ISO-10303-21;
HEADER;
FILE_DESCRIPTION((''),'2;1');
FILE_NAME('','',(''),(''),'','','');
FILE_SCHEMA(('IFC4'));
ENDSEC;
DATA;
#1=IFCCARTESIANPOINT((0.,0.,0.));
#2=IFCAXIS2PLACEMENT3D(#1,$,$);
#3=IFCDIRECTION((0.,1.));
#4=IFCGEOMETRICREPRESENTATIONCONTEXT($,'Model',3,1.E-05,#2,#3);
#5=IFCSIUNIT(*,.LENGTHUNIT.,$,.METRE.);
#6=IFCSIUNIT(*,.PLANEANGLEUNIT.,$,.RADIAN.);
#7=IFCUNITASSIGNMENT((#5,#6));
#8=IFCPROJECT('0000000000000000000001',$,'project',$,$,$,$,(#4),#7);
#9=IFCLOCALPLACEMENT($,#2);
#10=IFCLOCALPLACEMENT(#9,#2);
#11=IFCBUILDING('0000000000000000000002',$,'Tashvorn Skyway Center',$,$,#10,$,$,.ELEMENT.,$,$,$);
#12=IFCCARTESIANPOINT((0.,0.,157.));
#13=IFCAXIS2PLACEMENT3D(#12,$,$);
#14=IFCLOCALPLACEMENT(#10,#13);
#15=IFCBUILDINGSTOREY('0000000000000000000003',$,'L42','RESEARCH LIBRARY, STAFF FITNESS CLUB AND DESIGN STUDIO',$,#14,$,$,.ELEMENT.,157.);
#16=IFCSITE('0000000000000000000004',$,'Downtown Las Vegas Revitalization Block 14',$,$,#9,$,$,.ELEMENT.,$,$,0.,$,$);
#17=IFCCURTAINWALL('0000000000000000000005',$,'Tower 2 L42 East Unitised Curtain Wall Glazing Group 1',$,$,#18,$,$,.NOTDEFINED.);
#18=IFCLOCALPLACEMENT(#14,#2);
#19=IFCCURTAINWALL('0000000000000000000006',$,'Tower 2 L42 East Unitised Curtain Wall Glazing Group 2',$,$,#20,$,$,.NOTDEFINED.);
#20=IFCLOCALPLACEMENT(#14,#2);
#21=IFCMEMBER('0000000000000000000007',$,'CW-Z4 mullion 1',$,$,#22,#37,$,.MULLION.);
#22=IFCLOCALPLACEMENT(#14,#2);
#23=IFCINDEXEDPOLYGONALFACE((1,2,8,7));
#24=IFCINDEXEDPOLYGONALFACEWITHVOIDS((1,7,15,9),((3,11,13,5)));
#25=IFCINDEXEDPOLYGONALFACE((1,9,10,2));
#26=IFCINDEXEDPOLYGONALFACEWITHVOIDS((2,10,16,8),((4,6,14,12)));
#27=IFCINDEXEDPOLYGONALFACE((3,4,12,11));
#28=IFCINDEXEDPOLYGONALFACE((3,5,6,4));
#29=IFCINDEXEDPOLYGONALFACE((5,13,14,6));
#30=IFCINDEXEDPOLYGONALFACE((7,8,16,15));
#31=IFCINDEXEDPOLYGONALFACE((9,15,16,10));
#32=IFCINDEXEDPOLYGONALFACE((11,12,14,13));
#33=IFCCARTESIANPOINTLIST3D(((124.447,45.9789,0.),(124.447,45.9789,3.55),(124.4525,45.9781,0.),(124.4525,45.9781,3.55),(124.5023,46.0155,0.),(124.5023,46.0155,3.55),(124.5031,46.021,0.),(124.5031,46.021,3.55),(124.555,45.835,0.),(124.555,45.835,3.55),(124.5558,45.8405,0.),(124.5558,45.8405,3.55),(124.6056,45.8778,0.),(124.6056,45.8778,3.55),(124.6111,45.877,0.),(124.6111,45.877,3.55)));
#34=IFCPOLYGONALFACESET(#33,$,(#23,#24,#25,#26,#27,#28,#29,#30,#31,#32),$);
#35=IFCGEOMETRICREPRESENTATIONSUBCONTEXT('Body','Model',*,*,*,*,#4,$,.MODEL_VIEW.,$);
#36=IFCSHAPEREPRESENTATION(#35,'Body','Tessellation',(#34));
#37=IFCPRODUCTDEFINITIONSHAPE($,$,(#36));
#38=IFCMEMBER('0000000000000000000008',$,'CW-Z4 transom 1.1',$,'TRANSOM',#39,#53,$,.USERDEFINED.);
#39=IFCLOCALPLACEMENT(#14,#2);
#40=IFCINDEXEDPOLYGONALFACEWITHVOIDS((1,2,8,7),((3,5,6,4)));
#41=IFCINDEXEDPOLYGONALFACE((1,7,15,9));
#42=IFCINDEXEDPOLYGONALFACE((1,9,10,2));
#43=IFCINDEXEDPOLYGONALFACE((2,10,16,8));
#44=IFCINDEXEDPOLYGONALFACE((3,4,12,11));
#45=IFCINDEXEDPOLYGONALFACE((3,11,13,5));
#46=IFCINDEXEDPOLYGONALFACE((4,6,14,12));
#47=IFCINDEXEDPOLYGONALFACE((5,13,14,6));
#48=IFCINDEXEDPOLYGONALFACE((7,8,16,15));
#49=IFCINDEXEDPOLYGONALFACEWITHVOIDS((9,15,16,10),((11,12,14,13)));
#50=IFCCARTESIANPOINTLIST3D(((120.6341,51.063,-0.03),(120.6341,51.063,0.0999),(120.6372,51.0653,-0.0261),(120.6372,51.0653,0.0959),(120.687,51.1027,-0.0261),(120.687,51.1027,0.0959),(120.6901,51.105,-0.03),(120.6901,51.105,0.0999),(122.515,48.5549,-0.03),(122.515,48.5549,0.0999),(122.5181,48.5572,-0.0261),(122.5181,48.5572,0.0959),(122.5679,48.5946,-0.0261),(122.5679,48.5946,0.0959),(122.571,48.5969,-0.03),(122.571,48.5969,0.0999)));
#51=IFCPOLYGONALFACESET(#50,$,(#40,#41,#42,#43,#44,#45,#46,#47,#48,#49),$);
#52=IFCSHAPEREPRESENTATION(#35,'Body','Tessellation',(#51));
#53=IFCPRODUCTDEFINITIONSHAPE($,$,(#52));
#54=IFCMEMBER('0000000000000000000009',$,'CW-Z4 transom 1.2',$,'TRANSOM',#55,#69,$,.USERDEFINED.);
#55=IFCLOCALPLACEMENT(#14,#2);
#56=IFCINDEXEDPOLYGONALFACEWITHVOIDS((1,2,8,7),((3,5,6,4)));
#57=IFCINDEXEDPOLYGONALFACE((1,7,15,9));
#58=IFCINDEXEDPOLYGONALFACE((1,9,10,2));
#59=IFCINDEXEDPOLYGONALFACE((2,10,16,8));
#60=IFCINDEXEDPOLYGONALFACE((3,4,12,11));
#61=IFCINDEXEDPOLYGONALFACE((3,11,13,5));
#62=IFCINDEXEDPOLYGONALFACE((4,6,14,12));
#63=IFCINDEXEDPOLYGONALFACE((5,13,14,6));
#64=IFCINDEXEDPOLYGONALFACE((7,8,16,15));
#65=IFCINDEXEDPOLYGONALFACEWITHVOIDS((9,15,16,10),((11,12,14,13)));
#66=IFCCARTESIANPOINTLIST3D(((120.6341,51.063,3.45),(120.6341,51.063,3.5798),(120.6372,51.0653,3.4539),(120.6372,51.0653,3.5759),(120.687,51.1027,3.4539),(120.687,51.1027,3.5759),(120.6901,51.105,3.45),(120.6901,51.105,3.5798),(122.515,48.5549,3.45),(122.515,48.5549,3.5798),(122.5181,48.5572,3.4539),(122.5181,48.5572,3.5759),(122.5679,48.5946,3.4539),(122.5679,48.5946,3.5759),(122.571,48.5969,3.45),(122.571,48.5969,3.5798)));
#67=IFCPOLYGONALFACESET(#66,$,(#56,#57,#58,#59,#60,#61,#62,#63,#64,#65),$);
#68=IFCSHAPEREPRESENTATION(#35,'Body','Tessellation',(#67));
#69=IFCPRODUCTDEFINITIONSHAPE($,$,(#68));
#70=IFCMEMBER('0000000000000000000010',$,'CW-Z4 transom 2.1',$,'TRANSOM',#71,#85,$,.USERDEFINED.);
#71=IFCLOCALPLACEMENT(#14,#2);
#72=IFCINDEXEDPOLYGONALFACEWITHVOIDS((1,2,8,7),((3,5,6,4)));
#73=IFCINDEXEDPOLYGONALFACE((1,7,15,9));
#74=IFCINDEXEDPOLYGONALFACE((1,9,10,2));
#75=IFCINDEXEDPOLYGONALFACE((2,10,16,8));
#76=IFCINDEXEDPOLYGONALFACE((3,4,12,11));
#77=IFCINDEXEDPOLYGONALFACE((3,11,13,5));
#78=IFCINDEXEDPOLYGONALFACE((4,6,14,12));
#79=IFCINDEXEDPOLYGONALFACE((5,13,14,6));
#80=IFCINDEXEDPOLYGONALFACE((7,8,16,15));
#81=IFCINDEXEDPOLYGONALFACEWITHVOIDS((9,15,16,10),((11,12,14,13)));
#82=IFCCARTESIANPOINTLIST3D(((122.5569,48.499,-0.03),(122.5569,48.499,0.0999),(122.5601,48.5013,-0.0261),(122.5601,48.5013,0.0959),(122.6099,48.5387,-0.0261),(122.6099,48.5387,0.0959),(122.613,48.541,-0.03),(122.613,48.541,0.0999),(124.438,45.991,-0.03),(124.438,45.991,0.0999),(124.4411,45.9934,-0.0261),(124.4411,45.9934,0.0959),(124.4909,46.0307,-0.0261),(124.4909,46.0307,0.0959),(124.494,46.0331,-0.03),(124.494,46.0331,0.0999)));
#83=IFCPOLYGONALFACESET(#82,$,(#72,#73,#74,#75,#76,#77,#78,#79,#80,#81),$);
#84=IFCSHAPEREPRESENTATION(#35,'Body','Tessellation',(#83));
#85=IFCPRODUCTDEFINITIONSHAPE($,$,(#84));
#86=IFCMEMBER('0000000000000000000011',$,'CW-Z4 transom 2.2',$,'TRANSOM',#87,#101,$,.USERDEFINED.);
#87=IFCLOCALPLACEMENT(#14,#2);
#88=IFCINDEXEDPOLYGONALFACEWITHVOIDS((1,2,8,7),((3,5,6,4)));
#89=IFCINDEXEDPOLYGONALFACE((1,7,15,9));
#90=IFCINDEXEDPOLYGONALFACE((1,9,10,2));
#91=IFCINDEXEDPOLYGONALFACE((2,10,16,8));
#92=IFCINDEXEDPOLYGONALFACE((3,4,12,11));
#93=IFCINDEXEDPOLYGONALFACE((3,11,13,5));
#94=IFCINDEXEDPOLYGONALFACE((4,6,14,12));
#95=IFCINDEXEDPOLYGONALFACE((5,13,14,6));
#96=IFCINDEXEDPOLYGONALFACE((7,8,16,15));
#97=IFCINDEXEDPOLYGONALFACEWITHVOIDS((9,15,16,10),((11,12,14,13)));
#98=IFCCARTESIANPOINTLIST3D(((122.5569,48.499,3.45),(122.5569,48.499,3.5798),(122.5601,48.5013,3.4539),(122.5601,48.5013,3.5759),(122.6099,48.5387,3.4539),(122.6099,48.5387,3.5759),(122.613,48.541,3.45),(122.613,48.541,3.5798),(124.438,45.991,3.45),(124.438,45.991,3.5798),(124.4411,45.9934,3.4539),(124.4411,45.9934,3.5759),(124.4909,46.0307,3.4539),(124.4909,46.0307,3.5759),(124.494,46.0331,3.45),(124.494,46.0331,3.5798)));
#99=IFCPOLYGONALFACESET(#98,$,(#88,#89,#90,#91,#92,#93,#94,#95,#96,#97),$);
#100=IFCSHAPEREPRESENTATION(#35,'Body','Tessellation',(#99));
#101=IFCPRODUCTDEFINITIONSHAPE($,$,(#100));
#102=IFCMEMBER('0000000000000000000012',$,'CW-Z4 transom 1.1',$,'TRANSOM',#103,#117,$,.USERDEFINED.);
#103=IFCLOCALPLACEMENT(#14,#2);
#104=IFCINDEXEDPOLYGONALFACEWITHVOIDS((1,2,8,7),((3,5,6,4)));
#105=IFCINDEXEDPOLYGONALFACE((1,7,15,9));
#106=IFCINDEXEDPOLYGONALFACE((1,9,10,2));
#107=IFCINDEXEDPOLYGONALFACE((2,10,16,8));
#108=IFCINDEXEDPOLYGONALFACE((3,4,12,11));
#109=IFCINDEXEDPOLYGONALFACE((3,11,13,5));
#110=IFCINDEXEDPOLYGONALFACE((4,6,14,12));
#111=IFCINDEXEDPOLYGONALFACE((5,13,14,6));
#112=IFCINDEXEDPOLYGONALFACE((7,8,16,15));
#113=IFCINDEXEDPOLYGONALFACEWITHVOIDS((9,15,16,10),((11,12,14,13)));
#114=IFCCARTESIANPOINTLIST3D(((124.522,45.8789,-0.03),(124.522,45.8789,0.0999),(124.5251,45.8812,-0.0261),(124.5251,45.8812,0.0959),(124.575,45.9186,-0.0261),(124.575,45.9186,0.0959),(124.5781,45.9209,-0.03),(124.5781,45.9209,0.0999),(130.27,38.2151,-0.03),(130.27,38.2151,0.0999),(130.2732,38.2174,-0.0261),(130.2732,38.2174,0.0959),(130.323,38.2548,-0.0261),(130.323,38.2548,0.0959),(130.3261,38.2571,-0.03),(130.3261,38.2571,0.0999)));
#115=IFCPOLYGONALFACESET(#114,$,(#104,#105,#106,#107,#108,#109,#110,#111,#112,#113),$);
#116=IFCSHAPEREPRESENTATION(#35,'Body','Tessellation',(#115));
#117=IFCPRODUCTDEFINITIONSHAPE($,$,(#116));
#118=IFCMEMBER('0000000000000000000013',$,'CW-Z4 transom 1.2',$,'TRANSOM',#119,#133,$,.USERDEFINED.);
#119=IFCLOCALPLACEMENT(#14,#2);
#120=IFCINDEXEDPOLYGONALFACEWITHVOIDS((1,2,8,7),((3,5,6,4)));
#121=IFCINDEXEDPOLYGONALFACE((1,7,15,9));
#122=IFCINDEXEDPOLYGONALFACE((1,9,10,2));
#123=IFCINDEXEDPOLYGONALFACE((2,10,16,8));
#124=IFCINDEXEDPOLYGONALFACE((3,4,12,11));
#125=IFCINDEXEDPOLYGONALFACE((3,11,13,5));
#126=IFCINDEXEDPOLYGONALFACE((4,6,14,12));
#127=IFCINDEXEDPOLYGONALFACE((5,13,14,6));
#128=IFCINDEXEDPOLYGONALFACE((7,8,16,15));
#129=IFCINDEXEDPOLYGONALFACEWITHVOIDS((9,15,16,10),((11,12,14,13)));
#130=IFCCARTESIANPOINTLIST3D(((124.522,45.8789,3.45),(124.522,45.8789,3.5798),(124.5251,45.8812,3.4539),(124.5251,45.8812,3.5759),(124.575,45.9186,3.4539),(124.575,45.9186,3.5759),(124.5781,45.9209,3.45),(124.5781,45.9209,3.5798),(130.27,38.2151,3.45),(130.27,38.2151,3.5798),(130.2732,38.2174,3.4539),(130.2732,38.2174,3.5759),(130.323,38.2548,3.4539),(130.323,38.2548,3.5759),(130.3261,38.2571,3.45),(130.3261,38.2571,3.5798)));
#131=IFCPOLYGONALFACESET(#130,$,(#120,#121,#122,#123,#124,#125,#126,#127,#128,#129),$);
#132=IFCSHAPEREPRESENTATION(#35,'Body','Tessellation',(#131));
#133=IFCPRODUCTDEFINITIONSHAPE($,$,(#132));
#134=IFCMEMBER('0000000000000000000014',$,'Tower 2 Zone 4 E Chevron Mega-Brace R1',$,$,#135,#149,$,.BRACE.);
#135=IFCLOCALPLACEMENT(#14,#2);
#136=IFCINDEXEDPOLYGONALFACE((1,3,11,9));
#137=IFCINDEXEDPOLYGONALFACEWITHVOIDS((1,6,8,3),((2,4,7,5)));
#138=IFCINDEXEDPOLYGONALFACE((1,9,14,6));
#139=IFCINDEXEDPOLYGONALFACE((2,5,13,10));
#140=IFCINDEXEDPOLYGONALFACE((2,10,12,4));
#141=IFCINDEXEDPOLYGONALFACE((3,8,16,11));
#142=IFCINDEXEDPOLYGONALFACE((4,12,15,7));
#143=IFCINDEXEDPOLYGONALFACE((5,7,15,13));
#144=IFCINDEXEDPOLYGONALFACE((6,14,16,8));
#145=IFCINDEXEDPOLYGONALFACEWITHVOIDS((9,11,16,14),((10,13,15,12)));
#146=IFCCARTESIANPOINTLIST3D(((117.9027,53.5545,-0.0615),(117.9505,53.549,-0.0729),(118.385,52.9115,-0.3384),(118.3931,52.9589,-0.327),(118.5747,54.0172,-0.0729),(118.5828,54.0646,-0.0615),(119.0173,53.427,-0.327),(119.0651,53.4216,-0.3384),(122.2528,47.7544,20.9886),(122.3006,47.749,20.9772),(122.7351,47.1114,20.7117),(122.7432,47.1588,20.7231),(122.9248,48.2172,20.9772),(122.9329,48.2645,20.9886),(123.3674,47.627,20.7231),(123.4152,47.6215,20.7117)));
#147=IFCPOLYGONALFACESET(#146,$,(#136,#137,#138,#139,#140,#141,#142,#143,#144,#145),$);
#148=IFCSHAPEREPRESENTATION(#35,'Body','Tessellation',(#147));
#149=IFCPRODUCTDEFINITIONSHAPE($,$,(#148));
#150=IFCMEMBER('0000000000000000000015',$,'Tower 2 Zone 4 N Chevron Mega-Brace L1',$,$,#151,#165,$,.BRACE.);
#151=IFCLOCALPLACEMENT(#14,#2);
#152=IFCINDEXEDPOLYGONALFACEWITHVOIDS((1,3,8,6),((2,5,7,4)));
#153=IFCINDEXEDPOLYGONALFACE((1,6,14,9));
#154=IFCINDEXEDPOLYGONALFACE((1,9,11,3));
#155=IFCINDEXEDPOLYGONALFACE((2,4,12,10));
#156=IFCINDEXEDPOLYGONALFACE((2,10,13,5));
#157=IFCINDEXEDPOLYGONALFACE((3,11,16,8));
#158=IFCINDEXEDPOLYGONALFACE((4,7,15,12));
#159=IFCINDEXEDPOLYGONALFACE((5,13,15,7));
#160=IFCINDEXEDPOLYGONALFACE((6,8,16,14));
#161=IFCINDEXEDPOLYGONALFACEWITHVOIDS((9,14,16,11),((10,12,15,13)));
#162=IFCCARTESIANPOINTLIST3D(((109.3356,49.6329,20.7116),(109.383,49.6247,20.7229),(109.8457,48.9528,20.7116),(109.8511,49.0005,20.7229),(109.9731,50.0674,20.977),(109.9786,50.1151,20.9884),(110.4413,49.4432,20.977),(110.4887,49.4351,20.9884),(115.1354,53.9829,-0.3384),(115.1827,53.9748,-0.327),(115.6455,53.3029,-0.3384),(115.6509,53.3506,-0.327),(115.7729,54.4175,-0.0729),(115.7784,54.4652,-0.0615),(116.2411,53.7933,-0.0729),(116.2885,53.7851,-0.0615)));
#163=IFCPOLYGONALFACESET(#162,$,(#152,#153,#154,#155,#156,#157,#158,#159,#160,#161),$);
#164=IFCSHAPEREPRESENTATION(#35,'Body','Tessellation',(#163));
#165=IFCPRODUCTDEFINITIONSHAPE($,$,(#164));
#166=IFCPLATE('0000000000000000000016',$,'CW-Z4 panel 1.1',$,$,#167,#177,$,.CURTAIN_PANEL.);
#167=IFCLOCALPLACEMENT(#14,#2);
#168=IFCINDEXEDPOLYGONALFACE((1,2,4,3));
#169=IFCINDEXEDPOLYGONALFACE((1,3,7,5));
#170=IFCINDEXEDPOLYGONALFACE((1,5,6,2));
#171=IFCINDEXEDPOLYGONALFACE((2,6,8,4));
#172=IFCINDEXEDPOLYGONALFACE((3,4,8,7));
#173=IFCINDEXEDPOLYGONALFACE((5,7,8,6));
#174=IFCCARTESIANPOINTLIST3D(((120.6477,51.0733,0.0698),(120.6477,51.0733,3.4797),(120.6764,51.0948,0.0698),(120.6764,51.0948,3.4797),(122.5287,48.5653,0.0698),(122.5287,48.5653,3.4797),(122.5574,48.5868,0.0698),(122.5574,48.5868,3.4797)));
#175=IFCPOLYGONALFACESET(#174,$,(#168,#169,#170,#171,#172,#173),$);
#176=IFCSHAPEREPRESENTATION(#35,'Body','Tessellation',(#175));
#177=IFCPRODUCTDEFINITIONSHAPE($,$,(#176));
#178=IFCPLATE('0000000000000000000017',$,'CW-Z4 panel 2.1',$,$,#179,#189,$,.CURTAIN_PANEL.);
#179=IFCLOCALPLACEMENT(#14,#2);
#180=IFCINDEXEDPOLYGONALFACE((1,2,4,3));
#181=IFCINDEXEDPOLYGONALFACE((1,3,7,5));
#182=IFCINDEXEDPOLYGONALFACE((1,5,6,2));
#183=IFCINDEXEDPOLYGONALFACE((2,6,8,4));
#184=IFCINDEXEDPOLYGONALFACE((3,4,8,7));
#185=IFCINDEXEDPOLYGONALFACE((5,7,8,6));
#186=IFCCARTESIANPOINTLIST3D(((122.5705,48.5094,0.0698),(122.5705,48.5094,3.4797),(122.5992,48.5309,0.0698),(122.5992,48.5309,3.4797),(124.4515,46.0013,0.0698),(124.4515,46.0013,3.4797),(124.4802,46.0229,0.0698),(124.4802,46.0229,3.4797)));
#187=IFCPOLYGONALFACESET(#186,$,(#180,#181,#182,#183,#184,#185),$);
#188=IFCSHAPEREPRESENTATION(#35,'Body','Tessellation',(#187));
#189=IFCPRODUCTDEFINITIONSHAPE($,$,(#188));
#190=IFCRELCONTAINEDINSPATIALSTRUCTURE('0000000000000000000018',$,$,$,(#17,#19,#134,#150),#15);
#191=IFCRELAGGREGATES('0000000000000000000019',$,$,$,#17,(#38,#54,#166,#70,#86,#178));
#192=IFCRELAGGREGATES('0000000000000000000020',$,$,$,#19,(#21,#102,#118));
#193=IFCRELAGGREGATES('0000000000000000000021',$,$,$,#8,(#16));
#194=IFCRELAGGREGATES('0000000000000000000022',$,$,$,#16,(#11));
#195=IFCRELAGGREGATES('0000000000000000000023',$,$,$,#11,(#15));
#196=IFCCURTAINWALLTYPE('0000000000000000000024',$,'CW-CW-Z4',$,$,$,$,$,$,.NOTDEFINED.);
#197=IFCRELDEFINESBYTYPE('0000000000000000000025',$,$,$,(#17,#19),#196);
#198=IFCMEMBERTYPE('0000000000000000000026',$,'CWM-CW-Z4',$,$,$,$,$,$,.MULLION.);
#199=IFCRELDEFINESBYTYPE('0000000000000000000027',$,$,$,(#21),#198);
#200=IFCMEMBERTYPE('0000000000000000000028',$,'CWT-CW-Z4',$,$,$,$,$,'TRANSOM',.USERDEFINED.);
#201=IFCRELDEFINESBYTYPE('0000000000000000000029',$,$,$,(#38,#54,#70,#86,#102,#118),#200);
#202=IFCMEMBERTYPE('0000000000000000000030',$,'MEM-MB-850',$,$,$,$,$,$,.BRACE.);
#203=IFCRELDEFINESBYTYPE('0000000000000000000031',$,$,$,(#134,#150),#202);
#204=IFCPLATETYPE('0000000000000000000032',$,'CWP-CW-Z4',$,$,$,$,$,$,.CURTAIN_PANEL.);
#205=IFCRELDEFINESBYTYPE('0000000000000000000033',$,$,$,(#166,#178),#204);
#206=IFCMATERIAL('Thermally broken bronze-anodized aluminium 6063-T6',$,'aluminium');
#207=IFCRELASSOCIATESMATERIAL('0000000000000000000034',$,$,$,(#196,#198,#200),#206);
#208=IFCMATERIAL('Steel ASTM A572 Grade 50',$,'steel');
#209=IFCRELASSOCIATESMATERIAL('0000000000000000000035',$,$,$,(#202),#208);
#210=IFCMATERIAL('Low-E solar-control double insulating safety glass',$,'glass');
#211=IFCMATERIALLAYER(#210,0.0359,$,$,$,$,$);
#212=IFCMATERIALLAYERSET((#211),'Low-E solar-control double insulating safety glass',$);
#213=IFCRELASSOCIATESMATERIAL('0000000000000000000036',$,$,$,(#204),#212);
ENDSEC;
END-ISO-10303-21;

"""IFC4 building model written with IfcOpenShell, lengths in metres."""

from ifc_helpers import new_model, si_unit, direction, frame, origin, origin_2d, place, context, subcontext, project, spatial, rectangle, hollow_rectangle, extrude, material, layer, layer_set, material_profile, profile_set, type_object, element, aggregate, save


model = new_model("IFC4")

# Units and contexts
model_context = context("Model", 3, precision=1e-05, world=origin(), true_north=direction((0.0, 1.0)))
body_context = subcontext(model_context, "Body", "Model", "MODEL_VIEW")
ifc_project = project(units=[si_unit("LENGTHUNIT", "METRE"), si_unit("PLANEANGLEUNIT", "RADIAN")], contexts=[model_context])

# Site, building, storey
site_placement = place(None, origin())
site = spatial("IfcSite", under=ifc_project, at=site_placement, Name="Downtown Las Vegas Revitalization Block 14", CompositionType="ELEMENT", RefElevation=0.0)
building_placement = place(site_placement, origin())
building = spatial("IfcBuilding", under=site, at=building_placement, Name="Tashvorn Skyway Center", CompositionType="ELEMENT")
storey_placement = place(building_placement, frame((0.0, 0.0, 157.0)))
storey = spatial("IfcBuildingStorey", under=building, at=storey_placement, Name="L42", Description="RESEARCH LIBRARY, STAFF FITNESS CLUB AND DESIGN STUDIO", CompositionType="ELEMENT", Elevation=157.0)

# Shared definitions
ifc_material_1 = material(Name="Steel ASTM A572 Grade 50", Category="steel")

# Curtain wall
ifc_material_2 = material(Name="Thermally broken bronze-anodized aluminium 6063-T6", Category="aluminium")
curtain_wall_type = type_object("IfcCurtainWallType", Name="CW-CW-Z4", PredefinedType="NOTDEFINED", material=ifc_material_2)
curtain_wall_1_placement = place(storey_placement, origin())
curtain_wall_1 = element("IfcCurtainWall", 1, at=curtain_wall_1_placement, inside=storey, type_object=curtain_wall_type, Name="Tower 2 L42 East Unitised Curtain Wall Glazing Group 1", PredefinedType="NOTDEFINED")
ifc_material_profile_1 = material_profile(ifc_material_2, hollow_rectangle(XDim=0.0701, YDim=0.1799, WallThickness=0.0039, at=origin_2d()), Name="ALU-MULL-70x180")
ifc_profile_set_1 = profile_set([ifc_material_profile_1], Name="Thermally broken bronze-anodized aluminium 6063-T6")
member_type_1 = type_object("IfcMemberType", Name="CWM-CW-Z4", PredefinedType="MULLION", material=ifc_profile_set_1)

# Curtain wall, member
curtain_wall_2_placement = place(storey_placement, origin())
curtain_wall_2 = element("IfcCurtainWall", 2, at=curtain_wall_2_placement, inside=storey, type_object=curtain_wall_type, Name="Tower 2 L42 East Unitised Curtain Wall Glazing Group 2", PredefinedType="NOTDEFINED")
member_1_placement = place(storey_placement, frame((124.5291, 45.928, 0.0), z_axis=(0.0, 0.0, 1.0), x_axis=(0.8, 0.6, 0.0)))
member_1 = element("IfcMember", 3, at=member_1_placement, type_object=member_type_1, Name="CW-Z4 mullion 1", PredefinedType="MULLION", context=body_context, shape_type="SweptSolid", body=[
    extrude(hollow_rectangle(XDim=0.0701, YDim=0.1799, WallThickness=0.0039, at=origin_2d()), origin(), (0.0, 0.0, 1.0), 3.55),
])

# Members
ifc_material_profile_2 = material_profile(ifc_material_2, hollow_rectangle(XDim=0.0701, YDim=0.1299, WallThickness=0.0039, at=origin_2d()), Name="ALU-TRAN-70x130")
ifc_profile_set_2 = profile_set([ifc_material_profile_2], Name="Thermally broken bronze-anodized aluminium 6063-T6")
member_type_2 = type_object("IfcMemberType", Name="CWT-CW-Z4", ElementType="TRANSOM", PredefinedType="USERDEFINED", material=ifc_profile_set_2)
member_2_placement = place(storey_placement, frame((120.6621, 51.084, 0.0349), z_axis=(0.599963, -0.800028, 0.0), x_axis=(0.800028, 0.599963, 0.0)))
member_2 = element("IfcMember", 4, at=member_2_placement, type_object=member_type_2, Name="CW-Z4 transom 1.1", ObjectType="TRANSOM", PredefinedType="USERDEFINED", context=body_context, shape_type="SweptSolid", body=[
    extrude(hollow_rectangle(XDim=0.0701, YDim=0.1299, WallThickness=0.0039, at=origin_2d()), origin(), (0.0, 0.0, 1.0), 3.135),
])
member_3_placement = place(storey_placement, frame((120.6621, 51.084, 3.5149), z_axis=(0.599963, -0.800028, 0.0), x_axis=(0.800028, 0.599963, 0.0)))
member_3 = element("IfcMember", 5, at=member_3_placement, type_object=member_type_2, Name="CW-Z4 transom 1.2", ObjectType="TRANSOM", PredefinedType="USERDEFINED", context=body_context, shape_type="SweptSolid", body=[
    extrude(hollow_rectangle(XDim=0.0701, YDim=0.1299, WallThickness=0.0039, at=origin_2d()), origin(), (0.0, 0.0, 1.0), 3.135),
])
member_4_placement = place(storey_placement, frame((122.585, 48.52, 0.0349), z_axis=(0.600012, -0.799991, 0.0), x_axis=(0.799991, 0.600012, 0.0)))
member_4 = element("IfcMember", 6, at=member_4_placement, type_object=member_type_2, Name="CW-Z4 transom 2.1", ObjectType="TRANSOM", PredefinedType="USERDEFINED", context=body_context, shape_type="SweptSolid", body=[
    extrude(hollow_rectangle(XDim=0.0701, YDim=0.1299, WallThickness=0.0039, at=origin_2d()), origin(), (0.0, 0.0, 1.0), 3.135),
])
member_5_placement = place(storey_placement, frame((122.585, 48.52, 3.5149), z_axis=(0.600012, -0.799991, 0.0), x_axis=(0.799991, 0.600012, 0.0)))
member_5 = element("IfcMember", 7, at=member_5_placement, type_object=member_type_2, Name="CW-Z4 transom 2.2", ObjectType="TRANSOM", PredefinedType="USERDEFINED", context=body_context, shape_type="SweptSolid", body=[
    extrude(hollow_rectangle(XDim=0.0701, YDim=0.1299, WallThickness=0.0039, at=origin_2d()), origin(), (0.0, 0.0, 1.0), 3.135),
])
member_6_placement = place(storey_placement, frame((124.55, 45.8999, 0.0349), z_axis=(0.600012, -0.799991, 0.0), x_axis=(0.799991, 0.600012, 0.0)))
member_6 = element("IfcMember", 8, at=member_6_placement, type_object=member_type_2, Name="CW-Z4 transom 1.1", ObjectType="TRANSOM", PredefinedType="USERDEFINED", context=body_context, shape_type="SweptSolid", body=[
    extrude(hollow_rectangle(XDim=0.0701, YDim=0.1299, WallThickness=0.0039, at=origin_2d()), origin(), (0.0, 0.0, 1.0), 9.5798),
])
member_7_placement = place(storey_placement, frame((124.55, 45.8999, 3.5149), z_axis=(0.600012, -0.799991, 0.0), x_axis=(0.799991, 0.600012, 0.0)))
member_7 = element("IfcMember", 9, at=member_7_placement, type_object=member_type_2, Name="CW-Z4 transom 1.2", ObjectType="TRANSOM", PredefinedType="USERDEFINED", context=body_context, shape_type="SweptSolid", body=[
    extrude(hollow_rectangle(XDim=0.0701, YDim=0.1299, WallThickness=0.0039, at=origin_2d()), origin(), (0.0, 0.0, 1.0), 9.5798),
])

# Members
ifc_material_profile_3 = material_profile(ifc_material_1, hollow_rectangle(XDim=0.8501, YDim=0.8501, WallThickness=0.0349, at=origin_2d()), Name="BOX850x850x35")
ifc_profile_set_3 = profile_set([ifc_material_profile_3], Name="Steel ASTM A572 Grade 50")
member_type_3 = type_object("IfcMemberType", Name="MEM-MB-850", PredefinedType="BRACE", material=ifc_profile_set_3)
member_8_placement = place(storey_placement, frame((118.4839, 53.488, -0.2), z_axis=(0.19539, -0.260517, 0.945491), x_axis=(0.799996, 0.600005, 0.0)))
element("IfcMember", 10, at=member_8_placement, inside=storey, type_object=member_type_3, Name="Tower 2 Zone 4 E Chevron Mega-Brace R1", PredefinedType="BRACE", context=body_context, shape_type="SweptSolid", body=[
    extrude(hollow_rectangle(XDim=0.8501, YDim=0.8501, WallThickness=0.0349, at=origin_2d()), origin(), (0.0, 0.0, 1.0), 22.2637),
])
member_9_placement = place(storey_placement, frame((115.7119, 53.884, -0.2), z_axis=(-0.260507, -0.195391, 0.945494), x_axis=(0.600022, -0.799984, 0.0)))
element("IfcMember", 11, at=member_9_placement, inside=storey, type_object=member_type_3, Name="Tower 2 Zone 4 N Chevron Mega-Brace L1", PredefinedType="BRACE", context=body_context, shape_type="SweptSolid", body=[
    extrude(hollow_rectangle(XDim=0.8501, YDim=0.8501, WallThickness=0.0349, at=origin_2d()), origin(), (0.0, 0.0, 1.0), 22.2634),
])

# Plates
ifc_material_3 = material(Name="Low-E solar-control double insulating safety glass", Category="glass")
ifc_layer_1 = layer(ifc_material_3, 0.0359)
ifc_layer_set_1 = layer_set([ifc_layer_1], Name="Low-E solar-control double insulating safety glass")
plate_type_1 = type_object("IfcPlateType", Name="CWP-CW-Z4", PredefinedType="CURTAIN_PANEL", material=ifc_layer_set_1)
plate_1_placement = place(storey_placement, frame((121.6025, 49.8301, 0.0698), z_axis=(0.0, 0.0, 1.0), x_axis=(0.6, -0.8, 0.0)))
plate_1 = element("IfcPlate", 12, at=plate_1_placement, type_object=plate_type_1, Name="CW-Z4 panel 1.1", PredefinedType="CURTAIN_PANEL", context=body_context, shape_type="SweptSolid", body=[
    extrude(rectangle(XDim=3.135, YDim=0.0359, at=origin_2d()), origin(), (0.0, 0.0, 1.0), 3.4099),
])
plate_2_placement = place(storey_placement, frame((123.5254, 47.2661, 0.0698), z_axis=(0.0, 0.0, 1.0), x_axis=(0.6, -0.8, 0.0)))
plate_2 = element("IfcPlate", 13, at=plate_2_placement, type_object=plate_type_1, Name="CW-Z4 panel 2.1", PredefinedType="CURTAIN_PANEL", context=body_context, shape_type="SweptSolid", body=[
    extrude(rectangle(XDim=3.135, YDim=0.0359, at=origin_2d()), origin(), (0.0, 0.0, 1.0), 3.4099),
])
aggregate(curtain_wall_1, [member_2, member_3, plate_1, member_4, member_5, plate_2])
aggregate(curtain_wall_2, [member_1, member_6, member_7])

save(model, "model.ifc")
